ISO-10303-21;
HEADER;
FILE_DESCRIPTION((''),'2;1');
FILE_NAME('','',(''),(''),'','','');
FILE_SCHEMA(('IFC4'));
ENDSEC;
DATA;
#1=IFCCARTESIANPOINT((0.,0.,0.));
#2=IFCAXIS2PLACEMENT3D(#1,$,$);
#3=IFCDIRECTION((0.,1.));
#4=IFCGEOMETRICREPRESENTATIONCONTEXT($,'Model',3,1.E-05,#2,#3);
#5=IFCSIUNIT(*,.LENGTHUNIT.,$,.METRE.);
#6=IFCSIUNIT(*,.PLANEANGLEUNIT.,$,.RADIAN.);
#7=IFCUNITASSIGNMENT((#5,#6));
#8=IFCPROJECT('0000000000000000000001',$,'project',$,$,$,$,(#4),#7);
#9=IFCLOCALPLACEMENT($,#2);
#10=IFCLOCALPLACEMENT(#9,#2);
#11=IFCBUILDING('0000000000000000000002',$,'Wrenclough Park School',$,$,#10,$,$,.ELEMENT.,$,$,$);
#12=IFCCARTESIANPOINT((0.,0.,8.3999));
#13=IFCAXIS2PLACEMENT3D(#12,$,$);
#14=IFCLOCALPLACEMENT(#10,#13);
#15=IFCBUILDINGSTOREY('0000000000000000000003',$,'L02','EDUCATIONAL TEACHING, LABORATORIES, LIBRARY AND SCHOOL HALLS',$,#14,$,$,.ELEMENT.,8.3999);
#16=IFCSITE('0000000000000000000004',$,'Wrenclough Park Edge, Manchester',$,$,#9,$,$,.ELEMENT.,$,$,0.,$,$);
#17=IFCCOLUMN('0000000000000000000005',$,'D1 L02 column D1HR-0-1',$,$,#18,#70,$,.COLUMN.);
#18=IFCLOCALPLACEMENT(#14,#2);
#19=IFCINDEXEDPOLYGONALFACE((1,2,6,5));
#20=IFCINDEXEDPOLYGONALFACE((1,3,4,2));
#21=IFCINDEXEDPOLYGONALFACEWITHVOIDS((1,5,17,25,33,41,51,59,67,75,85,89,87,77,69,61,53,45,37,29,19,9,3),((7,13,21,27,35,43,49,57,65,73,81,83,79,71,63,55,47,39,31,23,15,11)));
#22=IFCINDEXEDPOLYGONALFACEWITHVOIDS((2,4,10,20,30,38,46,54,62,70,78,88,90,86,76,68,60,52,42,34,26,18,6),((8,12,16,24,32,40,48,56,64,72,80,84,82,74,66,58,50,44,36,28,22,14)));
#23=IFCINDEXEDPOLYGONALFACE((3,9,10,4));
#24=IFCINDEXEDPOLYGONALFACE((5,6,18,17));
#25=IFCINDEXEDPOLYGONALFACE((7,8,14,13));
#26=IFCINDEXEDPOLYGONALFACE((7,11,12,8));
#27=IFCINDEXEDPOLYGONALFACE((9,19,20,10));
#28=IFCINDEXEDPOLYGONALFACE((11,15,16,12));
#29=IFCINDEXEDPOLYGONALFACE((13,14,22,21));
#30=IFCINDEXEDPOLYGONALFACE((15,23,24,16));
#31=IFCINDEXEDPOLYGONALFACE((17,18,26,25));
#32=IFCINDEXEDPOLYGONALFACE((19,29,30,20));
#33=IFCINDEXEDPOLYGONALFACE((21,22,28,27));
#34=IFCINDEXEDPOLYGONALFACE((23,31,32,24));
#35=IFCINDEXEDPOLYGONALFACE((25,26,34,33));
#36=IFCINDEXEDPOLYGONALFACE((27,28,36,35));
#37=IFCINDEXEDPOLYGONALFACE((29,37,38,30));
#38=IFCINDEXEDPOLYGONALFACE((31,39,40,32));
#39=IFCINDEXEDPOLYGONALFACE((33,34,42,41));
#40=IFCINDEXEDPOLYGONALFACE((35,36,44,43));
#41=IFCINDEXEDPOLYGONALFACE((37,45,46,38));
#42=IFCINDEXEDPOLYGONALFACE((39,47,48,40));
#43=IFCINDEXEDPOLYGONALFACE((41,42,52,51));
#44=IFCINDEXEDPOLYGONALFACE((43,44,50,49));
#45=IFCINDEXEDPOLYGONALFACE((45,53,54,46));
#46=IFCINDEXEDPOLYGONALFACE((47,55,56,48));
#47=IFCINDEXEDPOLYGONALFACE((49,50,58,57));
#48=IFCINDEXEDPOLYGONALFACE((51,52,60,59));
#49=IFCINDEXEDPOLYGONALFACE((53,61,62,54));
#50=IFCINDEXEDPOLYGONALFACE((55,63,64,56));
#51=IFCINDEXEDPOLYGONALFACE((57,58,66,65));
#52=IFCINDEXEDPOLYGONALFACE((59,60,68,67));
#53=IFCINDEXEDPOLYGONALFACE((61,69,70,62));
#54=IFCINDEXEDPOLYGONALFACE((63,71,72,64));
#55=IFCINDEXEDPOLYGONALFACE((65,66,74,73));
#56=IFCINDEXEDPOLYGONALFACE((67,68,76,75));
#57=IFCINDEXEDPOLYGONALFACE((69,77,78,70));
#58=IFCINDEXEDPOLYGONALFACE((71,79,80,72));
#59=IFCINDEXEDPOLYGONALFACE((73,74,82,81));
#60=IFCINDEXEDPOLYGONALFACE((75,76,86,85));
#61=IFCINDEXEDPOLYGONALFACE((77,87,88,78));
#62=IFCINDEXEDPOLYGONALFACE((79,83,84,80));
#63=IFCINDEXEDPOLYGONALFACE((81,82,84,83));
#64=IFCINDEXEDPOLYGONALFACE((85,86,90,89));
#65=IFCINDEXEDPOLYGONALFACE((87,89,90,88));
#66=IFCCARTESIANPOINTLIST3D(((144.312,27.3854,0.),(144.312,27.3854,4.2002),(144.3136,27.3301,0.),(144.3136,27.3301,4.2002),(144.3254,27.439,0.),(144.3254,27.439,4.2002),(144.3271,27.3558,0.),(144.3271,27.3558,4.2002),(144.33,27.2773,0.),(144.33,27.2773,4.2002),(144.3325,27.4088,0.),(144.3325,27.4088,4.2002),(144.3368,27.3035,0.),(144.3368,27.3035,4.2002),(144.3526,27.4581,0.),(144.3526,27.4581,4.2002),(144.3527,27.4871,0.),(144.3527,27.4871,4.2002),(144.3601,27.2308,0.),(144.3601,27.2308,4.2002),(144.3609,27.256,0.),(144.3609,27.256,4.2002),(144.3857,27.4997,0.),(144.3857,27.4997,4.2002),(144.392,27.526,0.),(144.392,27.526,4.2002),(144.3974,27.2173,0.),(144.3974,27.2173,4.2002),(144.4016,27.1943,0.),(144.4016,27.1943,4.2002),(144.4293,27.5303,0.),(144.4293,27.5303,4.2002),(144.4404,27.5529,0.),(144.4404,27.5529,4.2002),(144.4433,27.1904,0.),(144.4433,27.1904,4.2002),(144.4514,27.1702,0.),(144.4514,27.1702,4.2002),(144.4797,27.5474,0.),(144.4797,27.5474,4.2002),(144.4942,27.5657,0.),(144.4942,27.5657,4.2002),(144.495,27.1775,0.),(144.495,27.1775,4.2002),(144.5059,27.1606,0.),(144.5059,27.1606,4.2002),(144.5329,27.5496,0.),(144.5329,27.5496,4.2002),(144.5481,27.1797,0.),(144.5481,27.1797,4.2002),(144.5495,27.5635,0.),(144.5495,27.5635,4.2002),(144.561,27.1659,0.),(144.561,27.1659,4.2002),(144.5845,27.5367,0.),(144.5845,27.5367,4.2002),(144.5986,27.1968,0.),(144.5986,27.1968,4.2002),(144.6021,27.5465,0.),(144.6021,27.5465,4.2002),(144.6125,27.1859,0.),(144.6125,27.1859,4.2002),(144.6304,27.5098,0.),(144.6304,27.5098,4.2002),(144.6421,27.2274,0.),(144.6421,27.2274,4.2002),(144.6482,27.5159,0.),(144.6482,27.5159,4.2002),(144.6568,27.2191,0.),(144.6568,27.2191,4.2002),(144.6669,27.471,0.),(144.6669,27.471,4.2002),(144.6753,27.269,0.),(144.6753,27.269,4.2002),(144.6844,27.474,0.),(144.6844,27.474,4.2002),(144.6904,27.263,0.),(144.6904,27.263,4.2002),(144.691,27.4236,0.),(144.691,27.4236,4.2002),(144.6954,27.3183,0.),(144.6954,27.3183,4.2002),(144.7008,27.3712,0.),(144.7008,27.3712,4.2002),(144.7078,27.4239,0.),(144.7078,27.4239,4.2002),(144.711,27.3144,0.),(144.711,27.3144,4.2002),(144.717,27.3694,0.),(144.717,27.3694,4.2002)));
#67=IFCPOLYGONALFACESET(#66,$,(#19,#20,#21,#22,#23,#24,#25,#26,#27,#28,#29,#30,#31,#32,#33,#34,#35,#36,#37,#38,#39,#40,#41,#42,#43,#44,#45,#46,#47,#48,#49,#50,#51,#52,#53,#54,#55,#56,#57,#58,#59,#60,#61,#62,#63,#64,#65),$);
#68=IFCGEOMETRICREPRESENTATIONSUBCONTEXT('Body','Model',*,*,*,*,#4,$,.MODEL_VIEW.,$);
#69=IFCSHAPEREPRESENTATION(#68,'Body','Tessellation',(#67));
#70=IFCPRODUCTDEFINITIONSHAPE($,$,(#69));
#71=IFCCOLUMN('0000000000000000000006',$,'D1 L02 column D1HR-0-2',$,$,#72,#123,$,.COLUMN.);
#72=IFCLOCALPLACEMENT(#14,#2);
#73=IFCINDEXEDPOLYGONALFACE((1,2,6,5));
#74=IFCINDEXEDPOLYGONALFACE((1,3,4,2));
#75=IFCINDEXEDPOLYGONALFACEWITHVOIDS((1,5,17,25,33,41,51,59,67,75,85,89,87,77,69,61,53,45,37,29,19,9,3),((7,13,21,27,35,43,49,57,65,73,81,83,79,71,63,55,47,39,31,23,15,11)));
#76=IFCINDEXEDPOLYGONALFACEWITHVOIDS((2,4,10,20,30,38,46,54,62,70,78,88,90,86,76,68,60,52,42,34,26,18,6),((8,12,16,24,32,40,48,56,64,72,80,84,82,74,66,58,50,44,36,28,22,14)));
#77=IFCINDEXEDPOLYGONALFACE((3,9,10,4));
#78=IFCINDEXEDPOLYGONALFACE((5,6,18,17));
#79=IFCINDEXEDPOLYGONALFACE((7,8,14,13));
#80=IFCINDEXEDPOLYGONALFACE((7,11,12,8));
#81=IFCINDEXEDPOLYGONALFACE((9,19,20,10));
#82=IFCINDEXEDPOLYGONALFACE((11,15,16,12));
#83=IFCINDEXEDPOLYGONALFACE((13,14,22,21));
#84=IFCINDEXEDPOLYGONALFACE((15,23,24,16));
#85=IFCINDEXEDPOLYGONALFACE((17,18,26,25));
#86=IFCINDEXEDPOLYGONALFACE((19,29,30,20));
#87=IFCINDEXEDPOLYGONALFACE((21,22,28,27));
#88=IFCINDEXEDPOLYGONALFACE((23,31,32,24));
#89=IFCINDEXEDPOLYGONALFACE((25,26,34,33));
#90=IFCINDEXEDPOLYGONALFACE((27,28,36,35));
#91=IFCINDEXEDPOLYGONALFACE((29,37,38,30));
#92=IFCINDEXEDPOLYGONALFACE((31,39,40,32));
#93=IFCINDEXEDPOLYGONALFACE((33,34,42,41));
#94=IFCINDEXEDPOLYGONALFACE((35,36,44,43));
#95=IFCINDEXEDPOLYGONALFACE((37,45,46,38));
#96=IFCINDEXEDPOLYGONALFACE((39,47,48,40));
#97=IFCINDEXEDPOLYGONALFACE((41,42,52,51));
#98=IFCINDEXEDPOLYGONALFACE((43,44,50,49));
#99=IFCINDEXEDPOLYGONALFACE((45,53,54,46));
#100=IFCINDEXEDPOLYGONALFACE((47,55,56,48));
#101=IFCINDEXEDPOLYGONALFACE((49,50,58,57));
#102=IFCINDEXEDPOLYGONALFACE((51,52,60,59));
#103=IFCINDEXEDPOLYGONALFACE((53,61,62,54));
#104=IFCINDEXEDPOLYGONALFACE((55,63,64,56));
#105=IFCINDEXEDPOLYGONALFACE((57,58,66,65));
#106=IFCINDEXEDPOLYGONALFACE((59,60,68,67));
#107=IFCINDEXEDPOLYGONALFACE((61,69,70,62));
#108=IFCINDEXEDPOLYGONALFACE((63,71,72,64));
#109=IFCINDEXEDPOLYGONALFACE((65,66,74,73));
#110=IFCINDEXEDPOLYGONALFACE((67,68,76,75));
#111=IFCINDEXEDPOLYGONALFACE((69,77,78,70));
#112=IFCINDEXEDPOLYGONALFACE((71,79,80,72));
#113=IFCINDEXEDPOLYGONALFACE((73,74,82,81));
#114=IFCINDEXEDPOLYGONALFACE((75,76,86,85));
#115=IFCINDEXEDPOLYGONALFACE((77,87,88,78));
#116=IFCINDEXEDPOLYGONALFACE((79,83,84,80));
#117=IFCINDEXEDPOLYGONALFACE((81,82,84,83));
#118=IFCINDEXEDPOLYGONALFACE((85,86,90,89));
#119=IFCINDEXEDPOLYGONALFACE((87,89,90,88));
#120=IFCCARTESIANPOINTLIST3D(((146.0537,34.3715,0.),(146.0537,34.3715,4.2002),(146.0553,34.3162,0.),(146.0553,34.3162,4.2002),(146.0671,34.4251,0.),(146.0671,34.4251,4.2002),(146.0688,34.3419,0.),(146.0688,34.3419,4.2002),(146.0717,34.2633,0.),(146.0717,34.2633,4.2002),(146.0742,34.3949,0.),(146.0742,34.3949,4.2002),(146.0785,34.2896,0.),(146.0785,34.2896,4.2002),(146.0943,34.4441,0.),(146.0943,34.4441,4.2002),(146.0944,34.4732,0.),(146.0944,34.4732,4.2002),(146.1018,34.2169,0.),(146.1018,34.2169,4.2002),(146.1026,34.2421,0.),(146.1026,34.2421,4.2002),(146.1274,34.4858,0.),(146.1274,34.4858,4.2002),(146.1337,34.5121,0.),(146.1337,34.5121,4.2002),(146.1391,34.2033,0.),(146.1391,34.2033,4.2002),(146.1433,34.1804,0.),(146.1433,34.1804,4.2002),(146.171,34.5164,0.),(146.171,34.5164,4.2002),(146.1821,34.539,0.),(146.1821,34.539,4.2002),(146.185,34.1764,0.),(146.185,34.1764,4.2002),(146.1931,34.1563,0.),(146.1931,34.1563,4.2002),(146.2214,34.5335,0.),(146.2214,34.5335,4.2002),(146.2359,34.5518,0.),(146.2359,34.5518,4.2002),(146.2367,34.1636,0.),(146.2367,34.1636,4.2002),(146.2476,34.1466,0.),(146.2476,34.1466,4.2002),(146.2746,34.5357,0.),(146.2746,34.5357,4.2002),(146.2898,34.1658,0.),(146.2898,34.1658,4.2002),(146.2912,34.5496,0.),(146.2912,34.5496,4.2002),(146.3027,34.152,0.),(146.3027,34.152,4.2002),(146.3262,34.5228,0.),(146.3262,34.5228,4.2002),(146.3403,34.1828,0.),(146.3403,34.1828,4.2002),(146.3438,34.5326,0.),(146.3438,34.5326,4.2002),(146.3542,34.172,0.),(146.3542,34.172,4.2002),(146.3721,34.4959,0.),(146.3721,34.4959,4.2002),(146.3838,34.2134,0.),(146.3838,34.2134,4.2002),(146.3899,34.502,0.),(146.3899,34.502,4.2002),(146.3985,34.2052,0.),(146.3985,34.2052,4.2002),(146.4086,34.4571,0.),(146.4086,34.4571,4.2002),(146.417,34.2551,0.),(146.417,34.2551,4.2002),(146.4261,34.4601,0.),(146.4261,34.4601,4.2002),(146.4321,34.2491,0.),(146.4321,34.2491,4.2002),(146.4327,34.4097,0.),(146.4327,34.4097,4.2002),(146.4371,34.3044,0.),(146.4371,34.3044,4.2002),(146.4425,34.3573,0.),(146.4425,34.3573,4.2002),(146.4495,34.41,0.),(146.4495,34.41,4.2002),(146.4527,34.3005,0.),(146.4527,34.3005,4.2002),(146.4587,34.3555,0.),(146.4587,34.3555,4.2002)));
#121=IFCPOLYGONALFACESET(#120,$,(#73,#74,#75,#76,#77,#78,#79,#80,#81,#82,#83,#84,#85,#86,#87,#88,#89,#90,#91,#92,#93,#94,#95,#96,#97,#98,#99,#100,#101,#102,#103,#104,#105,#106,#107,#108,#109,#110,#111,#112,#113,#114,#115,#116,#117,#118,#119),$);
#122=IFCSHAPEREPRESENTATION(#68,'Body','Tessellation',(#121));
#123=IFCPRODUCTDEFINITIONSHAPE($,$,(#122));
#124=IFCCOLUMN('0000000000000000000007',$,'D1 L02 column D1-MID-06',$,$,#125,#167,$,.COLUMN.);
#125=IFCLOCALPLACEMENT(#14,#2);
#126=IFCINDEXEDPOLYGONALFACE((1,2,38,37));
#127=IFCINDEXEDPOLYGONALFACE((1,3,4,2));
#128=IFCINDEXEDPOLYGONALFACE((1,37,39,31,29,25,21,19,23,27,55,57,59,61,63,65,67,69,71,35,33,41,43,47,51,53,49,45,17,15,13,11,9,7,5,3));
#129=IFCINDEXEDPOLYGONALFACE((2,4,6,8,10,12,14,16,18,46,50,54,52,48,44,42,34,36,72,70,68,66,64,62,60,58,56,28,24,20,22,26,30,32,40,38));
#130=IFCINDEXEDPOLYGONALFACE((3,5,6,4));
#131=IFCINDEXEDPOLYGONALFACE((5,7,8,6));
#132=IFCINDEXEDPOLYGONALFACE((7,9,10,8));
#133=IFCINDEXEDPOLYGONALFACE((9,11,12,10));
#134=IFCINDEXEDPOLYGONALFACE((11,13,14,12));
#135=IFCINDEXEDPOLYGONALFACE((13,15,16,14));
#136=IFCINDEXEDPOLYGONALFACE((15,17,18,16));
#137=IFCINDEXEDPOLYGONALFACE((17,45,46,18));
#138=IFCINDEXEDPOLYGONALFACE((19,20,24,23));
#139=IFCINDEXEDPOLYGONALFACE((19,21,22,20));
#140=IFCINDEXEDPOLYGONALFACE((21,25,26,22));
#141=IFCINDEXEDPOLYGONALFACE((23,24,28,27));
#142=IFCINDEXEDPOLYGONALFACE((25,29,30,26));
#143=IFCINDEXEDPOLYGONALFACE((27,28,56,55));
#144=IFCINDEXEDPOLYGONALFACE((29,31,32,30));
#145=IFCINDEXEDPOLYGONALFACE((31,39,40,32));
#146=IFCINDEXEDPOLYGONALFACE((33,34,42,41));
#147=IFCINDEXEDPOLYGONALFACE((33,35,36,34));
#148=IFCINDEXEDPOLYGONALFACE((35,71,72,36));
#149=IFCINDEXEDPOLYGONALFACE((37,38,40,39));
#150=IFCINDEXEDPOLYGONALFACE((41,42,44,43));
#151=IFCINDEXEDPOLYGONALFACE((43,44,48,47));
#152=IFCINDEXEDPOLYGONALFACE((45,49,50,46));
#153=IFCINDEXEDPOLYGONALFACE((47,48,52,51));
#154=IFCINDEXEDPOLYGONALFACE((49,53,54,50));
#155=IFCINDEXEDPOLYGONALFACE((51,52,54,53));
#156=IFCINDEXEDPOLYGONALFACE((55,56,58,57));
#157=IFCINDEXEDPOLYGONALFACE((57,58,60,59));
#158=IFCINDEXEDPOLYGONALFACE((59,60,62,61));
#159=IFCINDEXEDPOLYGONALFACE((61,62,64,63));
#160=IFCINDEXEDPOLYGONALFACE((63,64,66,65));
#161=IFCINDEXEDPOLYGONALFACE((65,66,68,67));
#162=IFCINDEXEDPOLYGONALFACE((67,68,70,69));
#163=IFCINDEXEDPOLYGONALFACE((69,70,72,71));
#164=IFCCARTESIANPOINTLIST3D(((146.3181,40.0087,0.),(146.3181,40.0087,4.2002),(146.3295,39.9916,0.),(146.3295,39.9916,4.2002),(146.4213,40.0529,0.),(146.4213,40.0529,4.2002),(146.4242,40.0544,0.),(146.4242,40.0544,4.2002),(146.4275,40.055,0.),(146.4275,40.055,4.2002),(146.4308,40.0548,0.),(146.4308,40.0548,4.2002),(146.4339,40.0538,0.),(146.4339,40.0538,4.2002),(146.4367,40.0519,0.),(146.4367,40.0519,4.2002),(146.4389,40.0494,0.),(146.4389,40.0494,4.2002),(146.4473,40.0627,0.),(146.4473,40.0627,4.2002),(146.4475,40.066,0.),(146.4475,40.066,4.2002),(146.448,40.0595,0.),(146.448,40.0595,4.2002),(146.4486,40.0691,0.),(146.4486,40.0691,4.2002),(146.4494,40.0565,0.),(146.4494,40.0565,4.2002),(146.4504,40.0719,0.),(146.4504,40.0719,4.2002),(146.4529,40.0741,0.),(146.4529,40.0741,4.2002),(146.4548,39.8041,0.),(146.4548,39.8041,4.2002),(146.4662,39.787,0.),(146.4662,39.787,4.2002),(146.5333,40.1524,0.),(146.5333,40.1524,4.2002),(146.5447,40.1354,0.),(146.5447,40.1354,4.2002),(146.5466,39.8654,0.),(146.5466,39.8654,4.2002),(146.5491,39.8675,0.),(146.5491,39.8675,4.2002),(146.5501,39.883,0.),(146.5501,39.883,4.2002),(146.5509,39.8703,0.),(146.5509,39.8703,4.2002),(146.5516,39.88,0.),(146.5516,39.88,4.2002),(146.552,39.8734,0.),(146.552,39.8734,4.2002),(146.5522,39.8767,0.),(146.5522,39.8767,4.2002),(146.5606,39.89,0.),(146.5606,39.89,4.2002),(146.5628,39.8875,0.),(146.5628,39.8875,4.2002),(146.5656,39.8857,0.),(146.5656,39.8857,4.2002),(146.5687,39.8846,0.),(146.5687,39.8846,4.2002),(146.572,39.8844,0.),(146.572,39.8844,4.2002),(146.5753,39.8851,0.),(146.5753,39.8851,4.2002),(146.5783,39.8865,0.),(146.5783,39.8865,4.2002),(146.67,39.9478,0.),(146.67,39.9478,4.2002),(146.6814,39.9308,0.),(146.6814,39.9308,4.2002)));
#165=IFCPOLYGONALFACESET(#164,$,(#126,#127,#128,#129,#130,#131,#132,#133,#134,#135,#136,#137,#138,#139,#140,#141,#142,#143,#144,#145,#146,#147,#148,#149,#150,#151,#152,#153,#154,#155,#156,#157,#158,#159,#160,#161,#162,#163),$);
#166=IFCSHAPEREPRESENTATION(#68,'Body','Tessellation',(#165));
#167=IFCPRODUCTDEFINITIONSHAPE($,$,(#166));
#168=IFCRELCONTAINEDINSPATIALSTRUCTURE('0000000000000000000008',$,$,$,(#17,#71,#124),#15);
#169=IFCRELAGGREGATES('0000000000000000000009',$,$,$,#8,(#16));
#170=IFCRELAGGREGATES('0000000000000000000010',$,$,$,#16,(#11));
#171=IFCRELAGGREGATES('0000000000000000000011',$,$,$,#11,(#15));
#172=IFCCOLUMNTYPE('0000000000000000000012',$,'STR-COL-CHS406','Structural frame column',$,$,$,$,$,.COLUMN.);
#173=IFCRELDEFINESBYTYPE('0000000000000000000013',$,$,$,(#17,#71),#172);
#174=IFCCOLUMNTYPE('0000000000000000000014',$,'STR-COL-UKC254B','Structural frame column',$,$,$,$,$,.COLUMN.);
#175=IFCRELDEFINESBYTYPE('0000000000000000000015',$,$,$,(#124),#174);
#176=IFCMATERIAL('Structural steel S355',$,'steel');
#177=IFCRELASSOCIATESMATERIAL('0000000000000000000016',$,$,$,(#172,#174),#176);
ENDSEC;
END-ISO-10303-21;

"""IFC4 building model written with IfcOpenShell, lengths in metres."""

from ifc_helpers import new_model, si_unit, direction, frame, origin, origin_2d, place, context, subcontext, project, spatial, hollow_circle, i_section, extrude, material, material_profile, profile_set, type_object, element, save


model = new_model("IFC4")

# Units and contexts
model_context = context("Model", 3, precision=1e-05, world=origin(), true_north=direction((0.0, 1.0)))
body_context = subcontext(model_context, "Body", "Model", "MODEL_VIEW")
ifc_project = project(units=[si_unit("LENGTHUNIT", "METRE"), si_unit("PLANEANGLEUNIT", "RADIAN")], contexts=[model_context])

# Site, building, storey
site_placement = place(None, origin())
site = spatial("IfcSite", under=ifc_project, at=site_placement, Name="Wrenclough Park Edge, Manchester", CompositionType="ELEMENT", RefElevation=0.0)
building_placement = place(site_placement, origin())
building = spatial("IfcBuilding", under=site, at=building_placement, Name="Wrenclough Park School", CompositionType="ELEMENT")
storey_placement = place(building_placement, frame((0.0, 0.0, 8.3999)))
storey = spatial("IfcBuildingStorey", under=building, at=storey_placement, Name="L02", Description="EDUCATIONAL TEACHING, LABORATORIES, LIBRARY AND SCHOOL HALLS", CompositionType="ELEMENT", Elevation=8.3999)

# Columns
ifc_material_1 = material(Name="Structural steel S355", Category="steel")
ifc_material_profile_1 = material_profile(ifc_material_1, hollow_circle(Radius=0.2031, WallThickness=0.0161, at=origin_2d()), Name="CHS 406.4x16.0")
ifc_profile_set_1 = profile_set([ifc_material_profile_1], Name="Structural steel S355")
column_type_1 = type_object("IfcColumnType", Name="STR-COL-CHS406", Description="Structural frame column", PredefinedType="COLUMN", material=ifc_profile_set_1)
for number, where, z_axis, x_axis, name in (
    (1, (144.5139, 27.3635, 0.0), (0.0, 0.0, 1.0), (0.970296, -0.241922, 0.0), "D1 L02 column D1HR-0-1"),
    (2, (146.2556, 34.3496, 0.0), (0.0, 0.0, 1.0), (0.970296, -0.241922, 0.0), "D1 L02 column D1HR-0-2"),
):
    element("IfcColumn", number, at=place(storey_placement, frame(where, z_axis=z_axis, x_axis=x_axis)), inside=storey, type_object=column_type_1, Name=name, PredefinedType="COLUMN", context=body_context, shape_type="SweptSolid", body=[
        extrude(hollow_circle(Radius=0.2031, WallThickness=0.0161, at=origin_2d()), origin(), (0.0, 0.0, 1.0), 4.2002),
    ])
ifc_material_profile_2 = material_profile(ifc_material_1, i_section(OverallWidth=0.2588, OverallDepth=0.2666, WebThickness=0.0127, FlangeThickness=0.0205, FilletRadius=0.0127, at=origin_2d()), Name="UKC 254x254x107")
ifc_profile_set_2 = profile_set([ifc_material_profile_2], Name="Structural steel S355")
column_type_2 = type_object("IfcColumnType", Name="STR-COL-UKC254B", Description="Structural frame column", PredefinedType="COLUMN", material=ifc_profile_set_2)
for number, where, z_axis, x_axis, name in (
    (3, (146.4998, 39.9697, 0.0), (0.0, 0.0, 1.0), (-0.83147, -0.55557, 0.0), "D1 L02 column D1-MID-06"),
):
    element("IfcColumn", number, at=place(storey_placement, frame(where, z_axis=z_axis, x_axis=x_axis)), inside=storey, type_object=column_type_2, Name=name, PredefinedType="COLUMN", context=body_context, shape_type="SweptSolid", body=[
        extrude(i_section(OverallWidth=0.2588, OverallDepth=0.2666, WebThickness=0.0127, FlangeThickness=0.0205, FilletRadius=0.0127, at=origin_2d()), origin(), (0.0, 0.0, 1.0), 4.2002),
    ])

save(model, "model.ifc")
